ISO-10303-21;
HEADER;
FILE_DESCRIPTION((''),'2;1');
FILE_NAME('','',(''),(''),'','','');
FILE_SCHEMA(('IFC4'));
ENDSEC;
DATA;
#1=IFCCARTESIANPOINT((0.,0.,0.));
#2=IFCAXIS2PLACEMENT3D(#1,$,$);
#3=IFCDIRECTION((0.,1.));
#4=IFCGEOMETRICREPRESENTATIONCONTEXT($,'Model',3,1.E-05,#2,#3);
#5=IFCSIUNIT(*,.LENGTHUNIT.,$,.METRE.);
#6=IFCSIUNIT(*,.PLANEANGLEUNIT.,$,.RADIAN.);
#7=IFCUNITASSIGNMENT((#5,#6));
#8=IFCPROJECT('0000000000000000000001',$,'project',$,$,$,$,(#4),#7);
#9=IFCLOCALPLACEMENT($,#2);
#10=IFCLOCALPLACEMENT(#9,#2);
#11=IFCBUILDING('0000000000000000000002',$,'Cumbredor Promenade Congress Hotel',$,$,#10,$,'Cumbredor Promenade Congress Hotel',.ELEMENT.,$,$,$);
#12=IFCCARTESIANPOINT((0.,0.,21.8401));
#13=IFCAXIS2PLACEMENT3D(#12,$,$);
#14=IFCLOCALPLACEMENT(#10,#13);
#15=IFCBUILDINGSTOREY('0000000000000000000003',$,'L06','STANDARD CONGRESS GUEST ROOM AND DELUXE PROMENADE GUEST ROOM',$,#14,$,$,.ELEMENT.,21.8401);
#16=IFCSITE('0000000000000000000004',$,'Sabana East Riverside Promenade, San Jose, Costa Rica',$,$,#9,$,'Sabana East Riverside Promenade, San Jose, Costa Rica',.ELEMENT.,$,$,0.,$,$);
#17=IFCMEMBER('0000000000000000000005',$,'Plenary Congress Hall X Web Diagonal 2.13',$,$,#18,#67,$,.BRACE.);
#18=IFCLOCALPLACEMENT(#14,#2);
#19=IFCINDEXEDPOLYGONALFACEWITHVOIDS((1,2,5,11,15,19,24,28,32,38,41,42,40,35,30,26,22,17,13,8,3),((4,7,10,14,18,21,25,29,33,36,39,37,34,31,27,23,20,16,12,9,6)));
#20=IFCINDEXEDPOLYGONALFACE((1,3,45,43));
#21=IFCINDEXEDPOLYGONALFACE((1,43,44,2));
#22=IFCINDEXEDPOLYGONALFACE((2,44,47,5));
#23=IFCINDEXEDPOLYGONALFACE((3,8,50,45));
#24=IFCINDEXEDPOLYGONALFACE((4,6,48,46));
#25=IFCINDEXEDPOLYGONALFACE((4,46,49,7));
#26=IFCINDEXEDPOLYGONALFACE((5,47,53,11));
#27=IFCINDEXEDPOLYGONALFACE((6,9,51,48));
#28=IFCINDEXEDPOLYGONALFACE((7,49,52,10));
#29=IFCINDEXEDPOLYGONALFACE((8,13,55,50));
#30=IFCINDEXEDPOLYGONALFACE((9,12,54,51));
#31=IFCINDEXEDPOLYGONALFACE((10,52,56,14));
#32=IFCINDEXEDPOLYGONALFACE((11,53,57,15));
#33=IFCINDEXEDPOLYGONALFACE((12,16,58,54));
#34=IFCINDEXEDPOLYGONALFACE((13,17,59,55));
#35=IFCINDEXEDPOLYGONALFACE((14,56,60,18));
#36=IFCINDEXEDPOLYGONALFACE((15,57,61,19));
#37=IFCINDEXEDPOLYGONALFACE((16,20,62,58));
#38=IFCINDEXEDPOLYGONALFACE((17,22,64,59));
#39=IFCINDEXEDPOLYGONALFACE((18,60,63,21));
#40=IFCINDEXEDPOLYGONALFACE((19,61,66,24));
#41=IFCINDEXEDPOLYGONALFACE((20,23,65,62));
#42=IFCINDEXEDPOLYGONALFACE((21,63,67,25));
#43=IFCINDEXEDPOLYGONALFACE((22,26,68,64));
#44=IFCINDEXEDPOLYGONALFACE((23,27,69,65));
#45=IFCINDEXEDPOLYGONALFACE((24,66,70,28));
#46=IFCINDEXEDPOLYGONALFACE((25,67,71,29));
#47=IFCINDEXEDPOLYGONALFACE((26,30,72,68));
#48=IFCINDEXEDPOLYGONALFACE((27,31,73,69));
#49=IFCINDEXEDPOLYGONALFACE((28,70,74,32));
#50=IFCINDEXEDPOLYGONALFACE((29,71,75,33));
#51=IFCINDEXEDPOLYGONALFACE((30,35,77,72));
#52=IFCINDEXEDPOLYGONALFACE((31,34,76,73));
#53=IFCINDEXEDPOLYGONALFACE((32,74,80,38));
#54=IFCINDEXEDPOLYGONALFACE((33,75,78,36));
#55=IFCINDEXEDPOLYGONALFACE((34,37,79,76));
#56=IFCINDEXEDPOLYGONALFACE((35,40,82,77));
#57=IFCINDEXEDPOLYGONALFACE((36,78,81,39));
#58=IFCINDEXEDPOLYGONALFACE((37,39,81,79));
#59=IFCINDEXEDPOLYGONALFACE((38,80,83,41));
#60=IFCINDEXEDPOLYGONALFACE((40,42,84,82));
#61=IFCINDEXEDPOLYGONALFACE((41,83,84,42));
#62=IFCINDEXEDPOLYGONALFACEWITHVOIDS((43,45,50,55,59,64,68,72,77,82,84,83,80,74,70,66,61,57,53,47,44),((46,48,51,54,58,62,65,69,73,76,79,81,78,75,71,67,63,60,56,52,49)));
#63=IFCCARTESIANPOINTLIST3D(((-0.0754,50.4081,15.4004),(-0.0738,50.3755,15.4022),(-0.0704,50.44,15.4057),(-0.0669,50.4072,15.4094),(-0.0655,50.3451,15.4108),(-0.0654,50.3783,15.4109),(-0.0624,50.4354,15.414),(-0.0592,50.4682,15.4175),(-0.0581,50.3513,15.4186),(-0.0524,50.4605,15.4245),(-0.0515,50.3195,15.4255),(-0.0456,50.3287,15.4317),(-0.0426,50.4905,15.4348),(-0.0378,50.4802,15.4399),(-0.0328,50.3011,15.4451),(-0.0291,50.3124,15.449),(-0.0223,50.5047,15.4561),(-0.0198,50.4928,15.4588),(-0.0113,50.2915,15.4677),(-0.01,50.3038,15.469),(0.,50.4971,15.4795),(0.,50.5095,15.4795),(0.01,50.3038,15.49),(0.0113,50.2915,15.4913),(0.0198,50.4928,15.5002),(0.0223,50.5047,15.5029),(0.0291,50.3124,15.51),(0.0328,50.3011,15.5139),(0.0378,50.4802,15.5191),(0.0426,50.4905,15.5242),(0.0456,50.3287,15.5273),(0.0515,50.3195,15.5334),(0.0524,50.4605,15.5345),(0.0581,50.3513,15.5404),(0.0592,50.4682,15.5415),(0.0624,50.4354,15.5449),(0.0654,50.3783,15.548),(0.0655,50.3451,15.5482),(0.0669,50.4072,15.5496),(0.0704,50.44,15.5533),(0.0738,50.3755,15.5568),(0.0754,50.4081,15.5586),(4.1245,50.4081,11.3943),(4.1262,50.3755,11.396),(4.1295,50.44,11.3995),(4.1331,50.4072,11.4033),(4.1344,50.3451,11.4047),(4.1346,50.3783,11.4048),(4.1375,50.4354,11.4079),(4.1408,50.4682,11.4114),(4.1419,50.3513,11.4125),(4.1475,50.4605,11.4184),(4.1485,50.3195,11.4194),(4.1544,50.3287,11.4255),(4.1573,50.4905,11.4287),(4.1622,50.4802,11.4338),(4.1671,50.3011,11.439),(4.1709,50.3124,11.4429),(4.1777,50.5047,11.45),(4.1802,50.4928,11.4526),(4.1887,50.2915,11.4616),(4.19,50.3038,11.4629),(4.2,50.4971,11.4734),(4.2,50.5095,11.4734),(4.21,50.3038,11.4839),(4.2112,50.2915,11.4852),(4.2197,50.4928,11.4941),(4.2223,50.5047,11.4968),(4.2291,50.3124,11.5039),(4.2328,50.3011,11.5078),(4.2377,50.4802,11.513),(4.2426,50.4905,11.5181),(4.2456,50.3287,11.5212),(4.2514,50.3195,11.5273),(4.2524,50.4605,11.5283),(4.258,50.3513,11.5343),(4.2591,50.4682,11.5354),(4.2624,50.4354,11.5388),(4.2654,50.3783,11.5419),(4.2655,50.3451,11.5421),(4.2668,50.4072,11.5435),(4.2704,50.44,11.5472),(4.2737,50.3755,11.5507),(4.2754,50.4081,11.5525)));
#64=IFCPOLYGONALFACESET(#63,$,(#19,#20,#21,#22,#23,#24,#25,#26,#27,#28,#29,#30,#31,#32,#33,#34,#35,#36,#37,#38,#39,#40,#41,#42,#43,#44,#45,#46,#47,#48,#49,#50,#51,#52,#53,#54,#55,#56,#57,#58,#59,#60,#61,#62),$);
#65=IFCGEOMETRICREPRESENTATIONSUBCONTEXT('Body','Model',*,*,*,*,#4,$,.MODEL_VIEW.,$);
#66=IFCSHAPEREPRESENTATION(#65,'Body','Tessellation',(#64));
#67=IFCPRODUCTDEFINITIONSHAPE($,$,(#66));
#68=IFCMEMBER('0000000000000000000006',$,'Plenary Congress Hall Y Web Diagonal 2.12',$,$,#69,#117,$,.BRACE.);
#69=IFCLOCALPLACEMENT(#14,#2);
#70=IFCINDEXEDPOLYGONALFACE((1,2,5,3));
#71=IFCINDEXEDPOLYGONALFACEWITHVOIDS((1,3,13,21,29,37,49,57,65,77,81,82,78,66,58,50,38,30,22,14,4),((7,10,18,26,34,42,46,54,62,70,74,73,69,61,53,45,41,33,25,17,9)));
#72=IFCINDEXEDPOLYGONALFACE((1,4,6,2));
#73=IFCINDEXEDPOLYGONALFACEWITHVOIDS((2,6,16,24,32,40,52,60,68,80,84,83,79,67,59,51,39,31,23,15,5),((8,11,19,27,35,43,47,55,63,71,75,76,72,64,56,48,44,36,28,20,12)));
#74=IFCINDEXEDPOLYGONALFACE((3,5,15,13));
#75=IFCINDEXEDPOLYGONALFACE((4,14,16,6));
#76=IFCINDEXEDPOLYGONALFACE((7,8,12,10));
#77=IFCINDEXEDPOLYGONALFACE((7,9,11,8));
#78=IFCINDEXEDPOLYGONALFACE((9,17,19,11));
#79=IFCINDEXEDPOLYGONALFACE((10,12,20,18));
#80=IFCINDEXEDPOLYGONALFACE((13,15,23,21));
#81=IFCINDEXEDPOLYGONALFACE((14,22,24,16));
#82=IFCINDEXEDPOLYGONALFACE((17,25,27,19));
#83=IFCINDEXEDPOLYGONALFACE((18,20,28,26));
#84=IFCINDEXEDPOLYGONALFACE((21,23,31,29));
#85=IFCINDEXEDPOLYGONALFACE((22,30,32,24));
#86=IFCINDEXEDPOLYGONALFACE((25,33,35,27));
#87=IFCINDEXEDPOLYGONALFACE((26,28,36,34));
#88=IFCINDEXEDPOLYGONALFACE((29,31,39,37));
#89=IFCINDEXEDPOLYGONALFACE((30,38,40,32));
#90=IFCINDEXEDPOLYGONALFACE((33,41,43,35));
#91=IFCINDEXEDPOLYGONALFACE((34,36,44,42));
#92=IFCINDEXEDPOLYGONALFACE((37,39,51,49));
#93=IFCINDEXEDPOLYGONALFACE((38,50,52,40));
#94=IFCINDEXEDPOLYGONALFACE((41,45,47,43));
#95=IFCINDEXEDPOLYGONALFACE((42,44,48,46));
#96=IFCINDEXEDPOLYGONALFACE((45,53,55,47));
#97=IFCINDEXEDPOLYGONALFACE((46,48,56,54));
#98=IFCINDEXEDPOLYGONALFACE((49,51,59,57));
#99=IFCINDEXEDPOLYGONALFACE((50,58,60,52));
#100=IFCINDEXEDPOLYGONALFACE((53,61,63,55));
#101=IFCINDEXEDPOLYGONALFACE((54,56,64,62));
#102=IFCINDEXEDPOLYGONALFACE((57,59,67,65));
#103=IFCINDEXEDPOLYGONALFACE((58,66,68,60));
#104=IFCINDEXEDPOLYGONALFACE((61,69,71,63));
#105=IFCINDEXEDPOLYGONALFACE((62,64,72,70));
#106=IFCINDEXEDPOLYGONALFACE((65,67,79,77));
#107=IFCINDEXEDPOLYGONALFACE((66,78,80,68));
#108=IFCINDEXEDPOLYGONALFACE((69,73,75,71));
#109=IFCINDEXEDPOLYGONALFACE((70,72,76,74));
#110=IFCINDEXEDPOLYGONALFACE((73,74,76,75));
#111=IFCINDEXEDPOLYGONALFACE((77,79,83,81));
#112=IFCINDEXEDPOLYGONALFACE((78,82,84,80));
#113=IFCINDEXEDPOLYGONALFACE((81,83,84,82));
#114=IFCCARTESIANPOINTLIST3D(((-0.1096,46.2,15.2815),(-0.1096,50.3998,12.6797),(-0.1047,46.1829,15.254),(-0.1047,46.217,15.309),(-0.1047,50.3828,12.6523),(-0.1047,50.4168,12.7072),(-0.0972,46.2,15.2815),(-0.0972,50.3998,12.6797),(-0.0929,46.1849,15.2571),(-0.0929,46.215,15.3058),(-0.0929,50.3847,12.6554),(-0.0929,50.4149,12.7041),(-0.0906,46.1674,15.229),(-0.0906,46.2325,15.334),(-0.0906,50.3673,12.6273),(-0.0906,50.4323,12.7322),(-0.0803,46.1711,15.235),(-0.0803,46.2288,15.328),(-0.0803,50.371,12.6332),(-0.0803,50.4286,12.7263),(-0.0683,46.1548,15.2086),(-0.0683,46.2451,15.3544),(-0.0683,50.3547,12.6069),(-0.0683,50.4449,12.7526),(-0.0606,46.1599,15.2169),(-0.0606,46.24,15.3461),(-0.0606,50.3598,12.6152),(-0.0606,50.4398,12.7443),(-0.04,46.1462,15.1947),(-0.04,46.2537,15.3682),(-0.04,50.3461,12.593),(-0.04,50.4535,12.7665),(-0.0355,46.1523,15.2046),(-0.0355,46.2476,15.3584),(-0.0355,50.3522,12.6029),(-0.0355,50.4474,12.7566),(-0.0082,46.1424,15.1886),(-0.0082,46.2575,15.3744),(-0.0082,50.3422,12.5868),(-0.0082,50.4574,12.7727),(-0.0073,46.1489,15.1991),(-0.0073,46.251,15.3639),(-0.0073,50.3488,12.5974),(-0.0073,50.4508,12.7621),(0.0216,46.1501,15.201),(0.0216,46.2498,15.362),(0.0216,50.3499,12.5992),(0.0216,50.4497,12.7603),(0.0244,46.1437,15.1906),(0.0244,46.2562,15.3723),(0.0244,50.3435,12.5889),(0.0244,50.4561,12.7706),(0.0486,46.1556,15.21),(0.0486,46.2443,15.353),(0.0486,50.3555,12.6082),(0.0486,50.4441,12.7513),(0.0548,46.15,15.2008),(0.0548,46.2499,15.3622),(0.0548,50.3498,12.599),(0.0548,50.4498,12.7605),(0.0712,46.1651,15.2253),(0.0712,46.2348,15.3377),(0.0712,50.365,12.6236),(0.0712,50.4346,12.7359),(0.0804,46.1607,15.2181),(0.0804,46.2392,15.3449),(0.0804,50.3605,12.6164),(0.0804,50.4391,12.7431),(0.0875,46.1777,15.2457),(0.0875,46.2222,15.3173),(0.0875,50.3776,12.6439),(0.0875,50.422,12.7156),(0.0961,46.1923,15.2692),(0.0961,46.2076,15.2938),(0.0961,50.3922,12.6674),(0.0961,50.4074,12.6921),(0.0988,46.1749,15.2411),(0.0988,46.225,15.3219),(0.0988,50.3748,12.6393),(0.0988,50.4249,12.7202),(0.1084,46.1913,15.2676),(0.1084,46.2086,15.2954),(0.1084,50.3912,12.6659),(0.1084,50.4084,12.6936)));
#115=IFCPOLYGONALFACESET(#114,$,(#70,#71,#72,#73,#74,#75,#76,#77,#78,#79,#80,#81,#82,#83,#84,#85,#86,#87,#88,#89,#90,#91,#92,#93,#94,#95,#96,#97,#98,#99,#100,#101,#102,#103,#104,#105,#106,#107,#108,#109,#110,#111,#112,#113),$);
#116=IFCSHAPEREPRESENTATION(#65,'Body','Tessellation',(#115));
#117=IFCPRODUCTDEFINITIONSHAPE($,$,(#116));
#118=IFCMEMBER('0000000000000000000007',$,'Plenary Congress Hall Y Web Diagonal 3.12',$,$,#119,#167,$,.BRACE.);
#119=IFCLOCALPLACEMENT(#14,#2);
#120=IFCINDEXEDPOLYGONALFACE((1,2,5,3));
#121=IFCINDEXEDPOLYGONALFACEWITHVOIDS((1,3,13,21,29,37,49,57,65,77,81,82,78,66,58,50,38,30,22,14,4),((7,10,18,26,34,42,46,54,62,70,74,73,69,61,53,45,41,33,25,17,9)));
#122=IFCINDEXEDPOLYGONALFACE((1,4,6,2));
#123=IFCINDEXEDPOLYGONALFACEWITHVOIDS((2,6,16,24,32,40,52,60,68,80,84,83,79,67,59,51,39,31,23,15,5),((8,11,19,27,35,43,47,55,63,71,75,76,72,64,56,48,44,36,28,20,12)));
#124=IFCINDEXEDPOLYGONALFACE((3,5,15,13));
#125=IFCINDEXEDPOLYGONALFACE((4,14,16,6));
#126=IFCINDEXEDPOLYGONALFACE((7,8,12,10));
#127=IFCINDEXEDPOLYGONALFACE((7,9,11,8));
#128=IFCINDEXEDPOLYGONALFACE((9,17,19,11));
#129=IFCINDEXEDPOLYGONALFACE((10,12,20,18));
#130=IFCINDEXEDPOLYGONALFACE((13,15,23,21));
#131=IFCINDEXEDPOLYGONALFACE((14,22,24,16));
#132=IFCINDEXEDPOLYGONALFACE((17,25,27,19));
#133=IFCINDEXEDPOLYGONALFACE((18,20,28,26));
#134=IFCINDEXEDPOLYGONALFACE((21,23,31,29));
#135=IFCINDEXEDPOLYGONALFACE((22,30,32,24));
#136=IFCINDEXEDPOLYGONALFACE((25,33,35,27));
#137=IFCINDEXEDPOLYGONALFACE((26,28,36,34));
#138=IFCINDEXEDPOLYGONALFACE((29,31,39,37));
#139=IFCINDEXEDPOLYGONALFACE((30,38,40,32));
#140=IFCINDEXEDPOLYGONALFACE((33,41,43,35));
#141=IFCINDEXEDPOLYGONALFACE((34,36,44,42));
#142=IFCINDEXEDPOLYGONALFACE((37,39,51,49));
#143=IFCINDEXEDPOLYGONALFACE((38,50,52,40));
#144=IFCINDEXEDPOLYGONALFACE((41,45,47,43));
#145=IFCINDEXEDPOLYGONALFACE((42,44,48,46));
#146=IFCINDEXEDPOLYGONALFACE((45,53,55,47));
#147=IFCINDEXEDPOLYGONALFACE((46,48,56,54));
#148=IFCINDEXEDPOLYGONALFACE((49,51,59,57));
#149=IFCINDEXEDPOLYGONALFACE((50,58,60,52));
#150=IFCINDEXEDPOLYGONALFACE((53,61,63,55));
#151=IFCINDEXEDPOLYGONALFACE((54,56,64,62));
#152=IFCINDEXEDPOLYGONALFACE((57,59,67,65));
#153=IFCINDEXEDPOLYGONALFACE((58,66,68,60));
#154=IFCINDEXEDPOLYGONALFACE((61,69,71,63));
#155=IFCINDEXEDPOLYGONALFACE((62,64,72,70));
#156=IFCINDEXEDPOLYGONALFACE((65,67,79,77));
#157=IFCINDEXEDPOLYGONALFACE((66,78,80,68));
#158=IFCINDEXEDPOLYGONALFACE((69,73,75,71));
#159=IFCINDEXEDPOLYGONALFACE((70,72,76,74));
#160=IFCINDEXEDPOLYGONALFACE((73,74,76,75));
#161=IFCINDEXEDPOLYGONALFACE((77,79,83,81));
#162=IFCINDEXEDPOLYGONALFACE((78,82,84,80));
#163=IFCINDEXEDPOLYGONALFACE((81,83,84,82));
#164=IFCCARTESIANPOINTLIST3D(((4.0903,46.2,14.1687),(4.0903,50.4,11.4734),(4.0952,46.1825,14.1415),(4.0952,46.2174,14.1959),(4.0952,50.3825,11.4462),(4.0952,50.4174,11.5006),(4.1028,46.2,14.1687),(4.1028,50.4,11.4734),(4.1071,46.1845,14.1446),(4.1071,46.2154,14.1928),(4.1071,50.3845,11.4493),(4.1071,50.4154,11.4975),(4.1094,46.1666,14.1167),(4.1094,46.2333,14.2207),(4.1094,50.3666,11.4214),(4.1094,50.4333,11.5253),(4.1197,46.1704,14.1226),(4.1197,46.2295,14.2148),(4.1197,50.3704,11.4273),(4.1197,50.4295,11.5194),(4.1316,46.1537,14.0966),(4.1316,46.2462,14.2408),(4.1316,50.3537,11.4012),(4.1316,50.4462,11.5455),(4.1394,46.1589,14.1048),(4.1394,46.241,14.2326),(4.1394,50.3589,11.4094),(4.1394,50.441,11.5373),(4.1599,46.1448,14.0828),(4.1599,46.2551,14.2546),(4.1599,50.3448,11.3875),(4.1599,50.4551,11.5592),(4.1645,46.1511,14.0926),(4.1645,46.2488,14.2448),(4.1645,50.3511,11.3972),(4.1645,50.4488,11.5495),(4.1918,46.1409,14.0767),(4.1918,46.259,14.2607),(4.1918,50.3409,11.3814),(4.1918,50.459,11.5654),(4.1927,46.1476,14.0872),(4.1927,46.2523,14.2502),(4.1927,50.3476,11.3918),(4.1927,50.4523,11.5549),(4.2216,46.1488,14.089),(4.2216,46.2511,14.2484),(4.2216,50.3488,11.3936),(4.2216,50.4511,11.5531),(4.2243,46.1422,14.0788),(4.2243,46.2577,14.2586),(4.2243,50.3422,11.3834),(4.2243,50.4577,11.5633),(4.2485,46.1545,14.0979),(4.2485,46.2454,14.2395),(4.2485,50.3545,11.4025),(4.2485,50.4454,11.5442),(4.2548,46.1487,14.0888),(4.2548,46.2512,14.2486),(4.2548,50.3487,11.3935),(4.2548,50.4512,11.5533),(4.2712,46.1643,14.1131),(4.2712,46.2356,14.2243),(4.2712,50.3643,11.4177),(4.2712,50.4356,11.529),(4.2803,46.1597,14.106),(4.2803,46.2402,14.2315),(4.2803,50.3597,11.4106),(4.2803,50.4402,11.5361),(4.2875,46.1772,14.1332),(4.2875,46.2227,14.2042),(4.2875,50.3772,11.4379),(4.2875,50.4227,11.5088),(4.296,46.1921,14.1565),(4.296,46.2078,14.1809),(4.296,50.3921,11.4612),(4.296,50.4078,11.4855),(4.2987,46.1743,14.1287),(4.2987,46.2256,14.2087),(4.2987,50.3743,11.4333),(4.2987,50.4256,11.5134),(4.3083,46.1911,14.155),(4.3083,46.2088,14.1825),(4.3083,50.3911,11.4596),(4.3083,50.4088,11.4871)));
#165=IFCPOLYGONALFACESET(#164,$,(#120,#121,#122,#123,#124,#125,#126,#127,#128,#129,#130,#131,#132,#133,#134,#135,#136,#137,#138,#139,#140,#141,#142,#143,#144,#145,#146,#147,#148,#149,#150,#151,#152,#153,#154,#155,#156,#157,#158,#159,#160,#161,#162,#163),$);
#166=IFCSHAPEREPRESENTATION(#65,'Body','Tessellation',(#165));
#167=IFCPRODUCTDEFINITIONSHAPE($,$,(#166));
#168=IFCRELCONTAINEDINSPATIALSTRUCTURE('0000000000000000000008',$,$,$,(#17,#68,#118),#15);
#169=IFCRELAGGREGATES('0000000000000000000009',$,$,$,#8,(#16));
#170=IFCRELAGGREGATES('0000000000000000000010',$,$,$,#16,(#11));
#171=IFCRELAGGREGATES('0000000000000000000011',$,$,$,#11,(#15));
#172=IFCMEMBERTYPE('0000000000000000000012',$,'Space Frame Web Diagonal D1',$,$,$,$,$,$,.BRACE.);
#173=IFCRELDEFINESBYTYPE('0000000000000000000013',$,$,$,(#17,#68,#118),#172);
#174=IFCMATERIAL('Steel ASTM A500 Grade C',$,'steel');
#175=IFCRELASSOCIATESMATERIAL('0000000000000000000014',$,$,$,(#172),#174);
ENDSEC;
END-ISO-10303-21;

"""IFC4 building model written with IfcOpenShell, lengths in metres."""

from ifc_helpers import new_model, si_unit, direction, frame, origin, origin_2d, place, context, subcontext, project, spatial, hollow_circle, extrude, material, material_profile, profile_set, type_object, element, save


model = new_model("IFC4")

# Units and contexts
model_context = context("Model", 3, precision=1e-05, world=origin(), true_north=direction((0.0, 1.0)))
body_context = subcontext(model_context, "Body", "Model", "MODEL_VIEW")
ifc_project = project(units=[si_unit("LENGTHUNIT", "METRE"), si_unit("PLANEANGLEUNIT", "RADIAN")], contexts=[model_context])

# Site, building, storey
site_placement = place(None, origin())
site = spatial("IfcSite", under=ifc_project, at=site_placement, Name="Sabana East Riverside Promenade, San Jose, Costa Rica", LongName="Sabana East Riverside Promenade, San Jose, Costa Rica", CompositionType="ELEMENT", RefElevation=0.0)
building_placement = place(site_placement, origin())
building = spatial("IfcBuilding", under=site, at=building_placement, Name="Cumbredor Promenade Congress Hotel", LongName="Cumbredor Promenade Congress Hotel", CompositionType="ELEMENT")
storey_placement = place(building_placement, frame((0.0, 0.0, 21.8401)))
storey = spatial("IfcBuildingStorey", under=building, at=storey_placement, Name="L06", Description="STANDARD CONGRESS GUEST ROOM AND DELUXE PROMENADE GUEST ROOM", CompositionType="ELEMENT", Elevation=21.8401)

# Members
ifc_material_1 = material(Name="Steel ASTM A500 Grade C", Category="steel")
ifc_material_profile_1 = material_profile(ifc_material_1, hollow_circle(Radius=0.1096, WallThickness=0.0125, at=origin_2d()), Name="CHS 219.1x12.5")
ifc_profile_set_1 = profile_set([ifc_material_profile_1], Name="Steel ASTM A500 Grade C")
member_type_1 = type_object("IfcMemberType", Name="Space Frame Web Diagonal D1", PredefinedType="BRACE", material=ifc_profile_set_1)
member_1_placement = place(storey_placement, frame((0.0, 50.3999, 15.4795), z_axis=(0.723609, 0.0, -0.690211), x_axis=(0.0, 1.0, 0.0)))
element("IfcMember", 1, at=member_1_placement, inside=storey, type_object=member_type_1, Name="Plenary Congress Hall X Web Diagonal 2.13", PredefinedType="BRACE", context=body_context, shape_type="SweptSolid", body=[
    extrude(hollow_circle(Radius=0.1096, WallThickness=0.0125, at=origin_2d()), origin(), (0.0, 0.0, 1.0), 5.8042),
])
member_2_placement = place(storey_placement, frame((0.0, 46.2, 15.2815), z_axis=(0.0, 0.850099, -0.526623), x_axis=(-1.0, 0.0, 0.0)))
element("IfcMember", 2, at=member_2_placement, inside=storey, type_object=member_type_1, Name="Plenary Congress Hall Y Web Diagonal 2.12", PredefinedType="BRACE", context=body_context, shape_type="SweptSolid", body=[
    extrude(hollow_circle(Radius=0.1096, WallThickness=0.0125, at=origin_2d()), origin(), (0.0, 0.0, 1.0), 4.9404),
])
member_3_placement = place(storey_placement, frame((4.2, 46.2, 14.1687), z_axis=(0.0, 0.841603, -0.540097), x_axis=(-1.0, 0.0, 0.0)))
element("IfcMember", 3, at=member_3_placement, inside=storey, type_object=member_type_1, Name="Plenary Congress Hall Y Web Diagonal 3.12", PredefinedType="BRACE", context=body_context, shape_type="SweptSolid", body=[
    extrude(hollow_circle(Radius=0.1096, WallThickness=0.0125, at=origin_2d()), origin(), (0.0, 0.0, 1.0), 4.9905),
])

save(model, "model.ifc")
